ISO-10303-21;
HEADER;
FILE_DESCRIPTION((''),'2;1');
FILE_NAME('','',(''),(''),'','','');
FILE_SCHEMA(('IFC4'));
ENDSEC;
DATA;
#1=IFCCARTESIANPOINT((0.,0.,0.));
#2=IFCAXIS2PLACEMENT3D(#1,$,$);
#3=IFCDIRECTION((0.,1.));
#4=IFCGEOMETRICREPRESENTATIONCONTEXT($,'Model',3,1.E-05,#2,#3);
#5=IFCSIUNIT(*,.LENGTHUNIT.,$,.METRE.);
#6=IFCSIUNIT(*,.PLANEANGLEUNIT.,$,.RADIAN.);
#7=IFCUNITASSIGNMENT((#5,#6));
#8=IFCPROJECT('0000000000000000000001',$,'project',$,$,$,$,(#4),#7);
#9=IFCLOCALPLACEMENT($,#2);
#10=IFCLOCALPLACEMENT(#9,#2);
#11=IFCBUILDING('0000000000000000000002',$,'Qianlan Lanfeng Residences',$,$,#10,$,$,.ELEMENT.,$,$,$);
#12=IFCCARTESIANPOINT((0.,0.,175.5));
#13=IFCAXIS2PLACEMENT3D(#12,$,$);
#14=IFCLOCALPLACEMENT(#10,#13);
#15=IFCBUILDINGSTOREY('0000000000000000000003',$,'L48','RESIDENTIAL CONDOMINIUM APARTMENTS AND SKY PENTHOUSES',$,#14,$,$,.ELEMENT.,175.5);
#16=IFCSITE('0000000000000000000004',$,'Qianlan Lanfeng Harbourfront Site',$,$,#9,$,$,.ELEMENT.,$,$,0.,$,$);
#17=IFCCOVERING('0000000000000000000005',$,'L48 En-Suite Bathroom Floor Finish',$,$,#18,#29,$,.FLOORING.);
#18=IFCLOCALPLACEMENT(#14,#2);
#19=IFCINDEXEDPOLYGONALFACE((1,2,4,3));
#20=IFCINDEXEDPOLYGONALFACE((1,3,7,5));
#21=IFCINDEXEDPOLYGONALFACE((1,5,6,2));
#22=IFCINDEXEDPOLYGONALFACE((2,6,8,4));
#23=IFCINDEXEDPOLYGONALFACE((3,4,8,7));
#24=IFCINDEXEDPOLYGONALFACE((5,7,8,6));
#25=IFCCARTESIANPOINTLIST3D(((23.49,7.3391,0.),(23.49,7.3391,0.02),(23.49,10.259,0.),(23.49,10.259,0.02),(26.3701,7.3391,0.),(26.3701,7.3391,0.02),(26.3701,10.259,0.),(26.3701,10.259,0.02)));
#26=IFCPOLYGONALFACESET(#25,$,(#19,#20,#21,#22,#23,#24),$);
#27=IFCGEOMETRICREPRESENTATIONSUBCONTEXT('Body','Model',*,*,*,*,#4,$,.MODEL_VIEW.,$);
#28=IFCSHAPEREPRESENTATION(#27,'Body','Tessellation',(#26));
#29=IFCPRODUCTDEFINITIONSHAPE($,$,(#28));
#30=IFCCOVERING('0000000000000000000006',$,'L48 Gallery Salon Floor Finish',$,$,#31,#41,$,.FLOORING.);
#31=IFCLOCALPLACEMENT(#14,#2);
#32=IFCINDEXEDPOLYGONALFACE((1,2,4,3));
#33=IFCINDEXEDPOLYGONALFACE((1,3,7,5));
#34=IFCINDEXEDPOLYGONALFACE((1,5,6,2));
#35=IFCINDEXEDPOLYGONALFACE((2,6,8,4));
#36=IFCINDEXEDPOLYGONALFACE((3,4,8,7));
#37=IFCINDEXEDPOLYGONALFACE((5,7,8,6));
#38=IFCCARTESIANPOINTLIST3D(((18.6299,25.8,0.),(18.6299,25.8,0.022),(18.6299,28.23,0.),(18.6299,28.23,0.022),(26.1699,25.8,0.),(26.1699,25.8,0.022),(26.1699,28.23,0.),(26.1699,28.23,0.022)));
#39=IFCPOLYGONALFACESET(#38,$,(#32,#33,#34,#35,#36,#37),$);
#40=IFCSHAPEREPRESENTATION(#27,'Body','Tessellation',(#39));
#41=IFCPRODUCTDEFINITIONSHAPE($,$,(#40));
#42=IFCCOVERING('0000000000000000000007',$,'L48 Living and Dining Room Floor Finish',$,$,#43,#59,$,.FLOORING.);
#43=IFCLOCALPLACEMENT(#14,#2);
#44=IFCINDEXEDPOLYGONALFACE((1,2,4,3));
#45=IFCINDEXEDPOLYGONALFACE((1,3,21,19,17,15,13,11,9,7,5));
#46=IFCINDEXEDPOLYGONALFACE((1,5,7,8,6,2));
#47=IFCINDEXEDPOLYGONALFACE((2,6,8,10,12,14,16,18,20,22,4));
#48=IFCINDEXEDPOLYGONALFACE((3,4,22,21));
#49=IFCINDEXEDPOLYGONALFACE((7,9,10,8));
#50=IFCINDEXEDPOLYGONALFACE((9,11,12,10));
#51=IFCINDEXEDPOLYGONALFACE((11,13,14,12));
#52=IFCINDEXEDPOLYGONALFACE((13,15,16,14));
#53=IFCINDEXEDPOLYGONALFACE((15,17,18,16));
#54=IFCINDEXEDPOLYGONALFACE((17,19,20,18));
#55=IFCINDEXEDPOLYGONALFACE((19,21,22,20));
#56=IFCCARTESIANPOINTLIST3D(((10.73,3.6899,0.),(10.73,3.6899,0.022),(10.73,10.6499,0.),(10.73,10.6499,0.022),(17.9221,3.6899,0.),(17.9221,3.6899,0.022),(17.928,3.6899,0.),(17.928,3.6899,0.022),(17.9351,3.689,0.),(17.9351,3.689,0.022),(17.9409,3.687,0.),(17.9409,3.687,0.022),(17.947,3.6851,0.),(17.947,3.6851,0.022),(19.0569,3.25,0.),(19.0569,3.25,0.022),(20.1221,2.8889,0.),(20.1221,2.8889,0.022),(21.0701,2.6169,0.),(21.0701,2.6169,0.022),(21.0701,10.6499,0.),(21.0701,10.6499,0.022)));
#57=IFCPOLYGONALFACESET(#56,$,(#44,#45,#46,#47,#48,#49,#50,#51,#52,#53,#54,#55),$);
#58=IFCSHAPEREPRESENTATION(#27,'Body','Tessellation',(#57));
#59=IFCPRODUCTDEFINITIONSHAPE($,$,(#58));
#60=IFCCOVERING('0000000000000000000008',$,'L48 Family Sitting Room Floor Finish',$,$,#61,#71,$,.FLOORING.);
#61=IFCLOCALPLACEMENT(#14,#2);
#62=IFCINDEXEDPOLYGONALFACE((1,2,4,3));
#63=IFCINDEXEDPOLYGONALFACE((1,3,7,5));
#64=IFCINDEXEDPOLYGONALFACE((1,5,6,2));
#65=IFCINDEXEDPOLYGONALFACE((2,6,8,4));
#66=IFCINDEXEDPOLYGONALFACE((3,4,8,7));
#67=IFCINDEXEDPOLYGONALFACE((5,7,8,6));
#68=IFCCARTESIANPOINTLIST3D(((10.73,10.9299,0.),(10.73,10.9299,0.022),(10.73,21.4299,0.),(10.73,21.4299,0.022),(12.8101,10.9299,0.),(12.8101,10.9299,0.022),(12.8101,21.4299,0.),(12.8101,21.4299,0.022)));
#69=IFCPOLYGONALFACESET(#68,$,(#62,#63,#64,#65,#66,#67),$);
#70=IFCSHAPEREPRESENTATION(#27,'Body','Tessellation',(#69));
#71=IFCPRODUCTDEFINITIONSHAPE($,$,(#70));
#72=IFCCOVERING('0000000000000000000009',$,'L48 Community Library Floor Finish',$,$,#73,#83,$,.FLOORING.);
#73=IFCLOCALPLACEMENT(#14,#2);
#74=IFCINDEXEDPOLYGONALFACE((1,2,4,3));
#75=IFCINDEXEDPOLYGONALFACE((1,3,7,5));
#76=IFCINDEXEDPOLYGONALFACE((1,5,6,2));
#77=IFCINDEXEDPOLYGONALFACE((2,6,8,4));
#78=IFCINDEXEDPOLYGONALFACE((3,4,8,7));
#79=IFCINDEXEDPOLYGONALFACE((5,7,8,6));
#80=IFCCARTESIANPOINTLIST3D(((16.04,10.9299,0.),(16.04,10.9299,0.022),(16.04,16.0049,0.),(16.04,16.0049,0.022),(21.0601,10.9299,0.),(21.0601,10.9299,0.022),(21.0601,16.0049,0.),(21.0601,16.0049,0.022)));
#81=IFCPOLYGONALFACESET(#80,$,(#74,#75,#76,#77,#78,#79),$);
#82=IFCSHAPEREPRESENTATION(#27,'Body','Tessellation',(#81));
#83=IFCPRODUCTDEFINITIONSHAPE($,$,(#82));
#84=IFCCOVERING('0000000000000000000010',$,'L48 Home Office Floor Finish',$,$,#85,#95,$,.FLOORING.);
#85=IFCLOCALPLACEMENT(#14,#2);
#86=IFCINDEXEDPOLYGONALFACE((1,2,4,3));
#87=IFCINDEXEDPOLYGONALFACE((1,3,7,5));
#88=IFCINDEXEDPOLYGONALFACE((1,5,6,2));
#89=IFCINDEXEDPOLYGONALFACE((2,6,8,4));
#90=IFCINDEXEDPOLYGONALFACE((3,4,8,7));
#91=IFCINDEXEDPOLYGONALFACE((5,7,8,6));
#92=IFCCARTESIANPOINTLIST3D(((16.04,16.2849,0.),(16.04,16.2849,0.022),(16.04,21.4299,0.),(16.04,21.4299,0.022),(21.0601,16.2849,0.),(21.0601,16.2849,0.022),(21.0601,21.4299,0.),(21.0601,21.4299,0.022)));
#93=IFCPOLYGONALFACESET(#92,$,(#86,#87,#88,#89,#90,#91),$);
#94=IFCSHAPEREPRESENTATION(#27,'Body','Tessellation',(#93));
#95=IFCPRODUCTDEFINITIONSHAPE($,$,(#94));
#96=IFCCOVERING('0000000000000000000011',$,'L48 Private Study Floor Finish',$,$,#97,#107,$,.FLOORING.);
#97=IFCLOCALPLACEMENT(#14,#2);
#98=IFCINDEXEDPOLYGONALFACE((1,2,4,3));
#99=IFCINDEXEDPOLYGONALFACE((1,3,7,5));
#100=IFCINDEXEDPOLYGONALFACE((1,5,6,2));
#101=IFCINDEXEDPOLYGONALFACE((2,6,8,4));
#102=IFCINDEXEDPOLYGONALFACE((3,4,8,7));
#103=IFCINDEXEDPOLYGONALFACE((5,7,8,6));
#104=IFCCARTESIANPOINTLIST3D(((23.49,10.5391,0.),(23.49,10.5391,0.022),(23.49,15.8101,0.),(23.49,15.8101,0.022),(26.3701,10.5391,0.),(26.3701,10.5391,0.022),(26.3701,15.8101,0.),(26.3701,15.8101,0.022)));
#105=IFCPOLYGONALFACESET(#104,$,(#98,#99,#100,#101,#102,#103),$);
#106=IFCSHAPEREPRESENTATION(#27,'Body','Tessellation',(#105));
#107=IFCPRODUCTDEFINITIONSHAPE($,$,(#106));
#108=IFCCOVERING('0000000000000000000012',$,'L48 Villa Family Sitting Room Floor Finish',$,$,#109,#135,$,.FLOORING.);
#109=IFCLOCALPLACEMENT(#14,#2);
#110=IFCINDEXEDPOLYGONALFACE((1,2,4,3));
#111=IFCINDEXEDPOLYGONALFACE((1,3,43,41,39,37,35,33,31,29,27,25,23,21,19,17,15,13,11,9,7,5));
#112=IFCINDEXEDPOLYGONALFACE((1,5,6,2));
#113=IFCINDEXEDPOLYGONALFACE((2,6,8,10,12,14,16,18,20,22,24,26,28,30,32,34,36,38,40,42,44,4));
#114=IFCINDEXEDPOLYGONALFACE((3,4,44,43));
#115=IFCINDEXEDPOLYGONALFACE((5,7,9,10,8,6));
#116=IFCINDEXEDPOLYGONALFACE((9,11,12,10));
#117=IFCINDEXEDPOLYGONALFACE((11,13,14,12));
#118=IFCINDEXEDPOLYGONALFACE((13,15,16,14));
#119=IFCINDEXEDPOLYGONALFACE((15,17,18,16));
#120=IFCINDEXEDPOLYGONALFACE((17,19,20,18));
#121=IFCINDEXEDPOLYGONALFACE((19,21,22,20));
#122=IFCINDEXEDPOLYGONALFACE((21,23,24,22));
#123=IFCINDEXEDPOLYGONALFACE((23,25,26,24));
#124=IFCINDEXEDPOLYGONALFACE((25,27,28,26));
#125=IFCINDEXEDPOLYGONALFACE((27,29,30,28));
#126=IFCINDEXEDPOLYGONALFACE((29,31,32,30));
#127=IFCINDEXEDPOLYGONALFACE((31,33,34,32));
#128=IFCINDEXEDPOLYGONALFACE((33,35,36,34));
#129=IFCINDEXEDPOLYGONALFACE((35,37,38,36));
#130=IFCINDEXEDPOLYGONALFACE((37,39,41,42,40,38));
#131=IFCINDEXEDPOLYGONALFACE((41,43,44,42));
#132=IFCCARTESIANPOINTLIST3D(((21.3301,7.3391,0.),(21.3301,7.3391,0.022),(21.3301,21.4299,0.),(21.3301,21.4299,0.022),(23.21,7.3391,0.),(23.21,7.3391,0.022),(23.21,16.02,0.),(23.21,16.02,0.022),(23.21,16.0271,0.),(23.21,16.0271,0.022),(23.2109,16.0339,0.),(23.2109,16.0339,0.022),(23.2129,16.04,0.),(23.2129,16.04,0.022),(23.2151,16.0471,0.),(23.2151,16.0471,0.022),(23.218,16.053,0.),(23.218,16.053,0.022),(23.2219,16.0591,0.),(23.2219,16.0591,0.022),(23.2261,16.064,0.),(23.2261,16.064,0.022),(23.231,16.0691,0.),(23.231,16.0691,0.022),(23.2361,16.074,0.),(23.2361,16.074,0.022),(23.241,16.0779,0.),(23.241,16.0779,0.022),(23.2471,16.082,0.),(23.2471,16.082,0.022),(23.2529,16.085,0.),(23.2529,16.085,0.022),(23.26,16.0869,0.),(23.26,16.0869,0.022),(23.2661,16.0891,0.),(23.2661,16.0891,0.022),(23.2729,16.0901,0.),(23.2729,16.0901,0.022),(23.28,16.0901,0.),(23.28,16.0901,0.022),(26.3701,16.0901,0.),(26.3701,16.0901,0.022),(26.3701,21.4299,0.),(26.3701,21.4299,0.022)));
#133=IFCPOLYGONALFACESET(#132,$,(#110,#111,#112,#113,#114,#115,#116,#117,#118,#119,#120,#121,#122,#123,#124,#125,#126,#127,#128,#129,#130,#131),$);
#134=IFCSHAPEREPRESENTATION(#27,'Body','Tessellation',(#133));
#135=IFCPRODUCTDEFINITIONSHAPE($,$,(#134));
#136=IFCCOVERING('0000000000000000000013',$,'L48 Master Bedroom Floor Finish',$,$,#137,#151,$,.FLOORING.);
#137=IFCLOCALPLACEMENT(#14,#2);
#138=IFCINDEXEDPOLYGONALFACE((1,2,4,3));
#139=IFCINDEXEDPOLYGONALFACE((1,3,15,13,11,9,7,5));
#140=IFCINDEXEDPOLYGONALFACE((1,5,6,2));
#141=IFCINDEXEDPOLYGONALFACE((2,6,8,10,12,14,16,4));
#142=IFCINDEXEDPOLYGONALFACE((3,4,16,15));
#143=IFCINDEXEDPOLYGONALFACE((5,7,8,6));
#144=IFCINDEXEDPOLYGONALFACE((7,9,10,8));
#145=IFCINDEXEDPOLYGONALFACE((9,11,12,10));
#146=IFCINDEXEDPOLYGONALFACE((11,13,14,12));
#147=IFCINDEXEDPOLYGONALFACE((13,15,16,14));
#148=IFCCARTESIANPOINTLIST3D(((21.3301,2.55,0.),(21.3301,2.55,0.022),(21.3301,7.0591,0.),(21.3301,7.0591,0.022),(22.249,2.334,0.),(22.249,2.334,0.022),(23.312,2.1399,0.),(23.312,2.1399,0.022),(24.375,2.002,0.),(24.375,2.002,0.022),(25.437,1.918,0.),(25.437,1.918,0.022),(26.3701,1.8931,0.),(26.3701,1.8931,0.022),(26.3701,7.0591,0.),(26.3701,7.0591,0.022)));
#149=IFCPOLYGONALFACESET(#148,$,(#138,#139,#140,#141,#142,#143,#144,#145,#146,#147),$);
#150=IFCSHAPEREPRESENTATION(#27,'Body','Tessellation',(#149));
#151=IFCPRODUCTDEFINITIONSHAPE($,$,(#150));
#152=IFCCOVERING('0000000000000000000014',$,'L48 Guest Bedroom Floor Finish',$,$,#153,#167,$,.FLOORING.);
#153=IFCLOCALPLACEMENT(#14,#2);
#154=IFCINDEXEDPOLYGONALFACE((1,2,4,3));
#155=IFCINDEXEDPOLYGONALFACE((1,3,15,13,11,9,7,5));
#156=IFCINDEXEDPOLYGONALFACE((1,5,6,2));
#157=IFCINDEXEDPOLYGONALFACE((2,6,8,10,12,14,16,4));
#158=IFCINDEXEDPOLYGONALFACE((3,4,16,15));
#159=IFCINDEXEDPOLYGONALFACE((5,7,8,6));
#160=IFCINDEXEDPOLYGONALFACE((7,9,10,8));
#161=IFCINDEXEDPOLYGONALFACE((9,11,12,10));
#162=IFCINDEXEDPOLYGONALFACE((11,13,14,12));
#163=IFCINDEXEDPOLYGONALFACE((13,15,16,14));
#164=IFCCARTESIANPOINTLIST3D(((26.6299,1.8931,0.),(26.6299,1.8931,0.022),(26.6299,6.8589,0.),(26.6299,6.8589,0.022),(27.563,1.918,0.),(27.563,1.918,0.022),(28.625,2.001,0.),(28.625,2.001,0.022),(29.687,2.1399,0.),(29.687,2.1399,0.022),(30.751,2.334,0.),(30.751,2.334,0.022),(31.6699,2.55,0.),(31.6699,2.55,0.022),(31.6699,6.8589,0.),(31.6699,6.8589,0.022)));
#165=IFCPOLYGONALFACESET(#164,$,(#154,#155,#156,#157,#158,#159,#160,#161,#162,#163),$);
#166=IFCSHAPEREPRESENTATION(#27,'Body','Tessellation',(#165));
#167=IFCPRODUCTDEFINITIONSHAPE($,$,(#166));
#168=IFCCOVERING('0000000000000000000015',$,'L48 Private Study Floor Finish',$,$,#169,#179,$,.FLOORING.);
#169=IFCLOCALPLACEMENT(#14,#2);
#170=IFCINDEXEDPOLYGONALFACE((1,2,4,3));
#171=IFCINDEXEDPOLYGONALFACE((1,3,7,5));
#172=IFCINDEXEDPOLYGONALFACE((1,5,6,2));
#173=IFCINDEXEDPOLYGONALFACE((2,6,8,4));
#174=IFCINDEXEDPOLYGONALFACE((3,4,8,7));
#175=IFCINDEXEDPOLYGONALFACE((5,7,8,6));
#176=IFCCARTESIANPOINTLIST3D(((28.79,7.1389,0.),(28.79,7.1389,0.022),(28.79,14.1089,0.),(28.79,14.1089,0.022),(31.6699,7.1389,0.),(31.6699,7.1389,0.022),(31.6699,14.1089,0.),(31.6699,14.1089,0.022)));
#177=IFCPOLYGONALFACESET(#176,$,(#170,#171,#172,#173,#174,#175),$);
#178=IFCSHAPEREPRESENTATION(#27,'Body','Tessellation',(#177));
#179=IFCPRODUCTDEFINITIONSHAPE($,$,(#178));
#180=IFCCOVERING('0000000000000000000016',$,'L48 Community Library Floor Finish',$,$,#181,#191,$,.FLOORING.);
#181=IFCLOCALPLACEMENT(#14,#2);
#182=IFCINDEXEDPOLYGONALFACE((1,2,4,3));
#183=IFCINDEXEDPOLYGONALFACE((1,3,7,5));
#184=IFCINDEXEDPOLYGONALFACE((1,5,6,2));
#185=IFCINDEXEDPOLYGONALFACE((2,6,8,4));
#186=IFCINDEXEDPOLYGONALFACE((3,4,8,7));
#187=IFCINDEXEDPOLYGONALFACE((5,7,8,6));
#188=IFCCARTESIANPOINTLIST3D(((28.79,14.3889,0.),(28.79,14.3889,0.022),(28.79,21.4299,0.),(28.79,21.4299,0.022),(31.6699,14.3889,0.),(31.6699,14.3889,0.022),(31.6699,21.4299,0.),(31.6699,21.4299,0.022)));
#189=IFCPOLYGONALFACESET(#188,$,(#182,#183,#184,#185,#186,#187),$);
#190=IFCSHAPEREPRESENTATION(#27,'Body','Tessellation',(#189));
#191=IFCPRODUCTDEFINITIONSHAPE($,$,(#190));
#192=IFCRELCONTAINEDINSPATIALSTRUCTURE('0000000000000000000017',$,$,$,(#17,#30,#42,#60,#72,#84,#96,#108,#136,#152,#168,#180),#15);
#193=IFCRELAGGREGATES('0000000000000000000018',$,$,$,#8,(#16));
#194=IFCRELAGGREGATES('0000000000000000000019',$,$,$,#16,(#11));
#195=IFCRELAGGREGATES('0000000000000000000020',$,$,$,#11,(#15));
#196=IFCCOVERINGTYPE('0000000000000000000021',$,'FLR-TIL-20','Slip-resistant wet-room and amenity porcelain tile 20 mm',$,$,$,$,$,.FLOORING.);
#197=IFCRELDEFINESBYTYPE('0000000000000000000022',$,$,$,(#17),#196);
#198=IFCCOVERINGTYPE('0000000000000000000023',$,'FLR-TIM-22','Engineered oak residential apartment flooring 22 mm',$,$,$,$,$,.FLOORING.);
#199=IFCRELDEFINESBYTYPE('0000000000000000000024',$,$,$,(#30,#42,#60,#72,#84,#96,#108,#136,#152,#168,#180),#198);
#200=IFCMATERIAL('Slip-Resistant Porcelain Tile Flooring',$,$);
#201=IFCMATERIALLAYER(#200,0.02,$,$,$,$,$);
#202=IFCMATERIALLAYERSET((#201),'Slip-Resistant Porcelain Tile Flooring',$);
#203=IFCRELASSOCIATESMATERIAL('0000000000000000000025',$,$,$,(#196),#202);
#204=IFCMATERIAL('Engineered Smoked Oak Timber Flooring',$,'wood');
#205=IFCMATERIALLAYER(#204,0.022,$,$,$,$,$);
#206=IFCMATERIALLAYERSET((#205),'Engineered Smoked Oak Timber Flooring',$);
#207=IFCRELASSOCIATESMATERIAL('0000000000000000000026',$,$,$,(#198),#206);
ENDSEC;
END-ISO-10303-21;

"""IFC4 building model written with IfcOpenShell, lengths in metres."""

from ifc_helpers import new_model, si_unit, direction, frame, origin, place, context, subcontext, project, spatial, polyline, outline, extrude, material, layer, layer_set, type_object, element, save


model = new_model("IFC4")

# Units and contexts
model_context = context("Model", 3, precision=1e-05, world=origin(), true_north=direction((0.0, 1.0)))
body_context = subcontext(model_context, "Body", "Model", "MODEL_VIEW")
ifc_project = project(units=[si_unit("LENGTHUNIT", "METRE"), si_unit("PLANEANGLEUNIT", "RADIAN")], contexts=[model_context])

# Site, building, storey
site_placement = place(None, origin())
site = spatial("IfcSite", under=ifc_project, at=site_placement, Name="Qianlan Lanfeng Harbourfront Site", CompositionType="ELEMENT", RefElevation=0.0)
building_placement = place(site_placement, origin())
building = spatial("IfcBuilding", under=site, at=building_placement, Name="Qianlan Lanfeng Residences", CompositionType="ELEMENT")
storey_placement = place(building_placement, frame((0.0, 0.0, 175.5)))
storey = spatial("IfcBuildingStorey", under=building, at=storey_placement, Name="L48", Description="RESIDENTIAL CONDOMINIUM APARTMENTS AND SKY PENTHOUSES", CompositionType="ELEMENT", Elevation=175.5)

# Coverings
ifc_material_1 = material(Name="Slip-Resistant Porcelain Tile Flooring")
ifc_layer_1 = layer(ifc_material_1, 0.02)
ifc_layer_set_1 = layer_set([ifc_layer_1], Name="Slip-Resistant Porcelain Tile Flooring")
covering_type_1 = type_object("IfcCoveringType", Name="FLR-TIL-20", Description="Slip-resistant wet-room and amenity porcelain tile 20 mm", PredefinedType="FLOORING", material=ifc_layer_set_1)
covering_1_placement = place(storey_placement, origin())
element("IfcCovering", 1, at=covering_1_placement, inside=storey, type_object=covering_type_1, Name="L48 En-Suite Bathroom Floor Finish", PredefinedType="FLOORING", context=body_context, shape_type="SweptSolid", body=[
    extrude(outline(polyline([(23.49, 7.3391), (26.3701, 7.3391), (26.3701, 10.259), (23.49, 10.259), (23.49, 7.3391)])), origin(), (0.0, 0.0, 1.0), 0.02),
])
ifc_material_2 = material(Name="Engineered Smoked Oak Timber Flooring", Category="wood")
ifc_layer_2 = layer(ifc_material_2, 0.022)
ifc_layer_set_2 = layer_set([ifc_layer_2], Name="Engineered Smoked Oak Timber Flooring")
covering_type_2 = type_object("IfcCoveringType", Name="FLR-TIM-22", Description="Engineered oak residential apartment flooring 22 mm", PredefinedType="FLOORING", material=ifc_layer_set_2)
covering_2_placement = place(storey_placement, origin())
element("IfcCovering", 2, at=covering_2_placement, inside=storey, type_object=covering_type_2, Name="L48 Gallery Salon Floor Finish", PredefinedType="FLOORING", context=body_context, shape_type="SweptSolid", body=[
    extrude(outline(polyline([(18.6299, 25.8), (26.1699, 25.8), (26.1699, 28.23), (18.6299, 28.23), (18.6299, 25.8)])), origin(), (0.0, 0.0, 1.0), 0.022),
])
covering_3_placement = place(storey_placement, origin())
element("IfcCovering", 3, at=covering_3_placement, inside=storey, type_object=covering_type_2, Name="L48 Living and Dining Room Floor Finish", PredefinedType="FLOORING", context=body_context, shape_type="SweptSolid", body=[
    extrude(outline(polyline([(10.73, 10.6499), (10.73, 3.6899), (17.9221, 3.6899), (17.928, 3.6899), (17.9351, 3.689), (17.9409, 3.687), (17.947, 3.6851), (19.0569, 3.25), (20.1221, 2.8889), (21.0701, 2.6169), (21.0701, 10.6499), (10.73, 10.6499)])), origin(), (0.0, 0.0, 1.0), 0.022),
])
covering_4_placement = place(storey_placement, origin())
element("IfcCovering", 4, at=covering_4_placement, inside=storey, type_object=covering_type_2, Name="L48 Family Sitting Room Floor Finish", PredefinedType="FLOORING", context=body_context, shape_type="SweptSolid", body=[
    extrude(outline(polyline([(10.73, 10.9299), (12.8101, 10.9299), (12.8101, 21.4299), (10.73, 21.4299), (10.73, 10.9299)])), origin(), (0.0, 0.0, 1.0), 0.022),
])
covering_5_placement = place(storey_placement, origin())
element("IfcCovering", 5, at=covering_5_placement, inside=storey, type_object=covering_type_2, Name="L48 Community Library Floor Finish", PredefinedType="FLOORING", context=body_context, shape_type="SweptSolid", body=[
    extrude(outline(polyline([(16.04, 10.9299), (21.0601, 10.9299), (21.0601, 16.0049), (16.04, 16.0049), (16.04, 10.9299)])), origin(), (0.0, 0.0, 1.0), 0.022),
])
covering_6_placement = place(storey_placement, origin())
element("IfcCovering", 6, at=covering_6_placement, inside=storey, type_object=covering_type_2, Name="L48 Home Office Floor Finish", PredefinedType="FLOORING", context=body_context, shape_type="SweptSolid", body=[
    extrude(outline(polyline([(16.04, 16.2849), (21.0601, 16.2849), (21.0601, 21.4299), (16.04, 21.4299), (16.04, 16.2849)])), origin(), (0.0, 0.0, 1.0), 0.022),
])
covering_7_placement = place(storey_placement, origin())
element("IfcCovering", 7, at=covering_7_placement, inside=storey, type_object=covering_type_2, Name="L48 Private Study Floor Finish", PredefinedType="FLOORING", context=body_context, shape_type="SweptSolid", body=[
    extrude(outline(polyline([(23.49, 10.5391), (26.3701, 10.5391), (26.3701, 15.8101), (23.49, 15.8101), (23.49, 10.5391)])), origin(), (0.0, 0.0, 1.0), 0.022),
])
covering_8_placement = place(storey_placement, origin())
element("IfcCovering", 8, at=covering_8_placement, inside=storey, type_object=covering_type_2, Name="L48 Villa Family Sitting Room Floor Finish", PredefinedType="FLOORING", context=body_context, shape_type="SweptSolid", body=[
    extrude(outline(polyline([(21.3301, 7.3391), (23.21, 7.3391), (23.21, 16.02), (23.21, 16.0271), (23.2109, 16.0339), (23.2129, 16.04), (23.2151, 16.0471), (23.218, 16.053), (23.2219, 16.0591), (23.2261, 16.064), (23.231, 16.0691), (23.2361, 16.074), (23.241, 16.0779), (23.2471, 16.082), (23.2529, 16.085), (23.26, 16.0869), (23.2661, 16.0891), (23.2729, 16.0901), (23.28, 16.0901), (26.3701, 16.0901), (26.3701, 21.4299), (21.3301, 21.4299), (21.3301, 7.3391)])), origin(), (0.0, 0.0, 1.0), 0.022),
])
covering_9_placement = place(storey_placement, origin())
element("IfcCovering", 9, at=covering_9_placement, inside=storey, type_object=covering_type_2, Name="L48 Master Bedroom Floor Finish", PredefinedType="FLOORING", context=body_context, shape_type="SweptSolid", body=[
    extrude(outline(polyline([(21.3301, 7.0591), (21.3301, 2.55), (22.249, 2.334), (23.312, 2.1399), (24.375, 2.002), (25.437, 1.918), (26.3701, 1.8931), (26.3701, 7.0591), (21.3301, 7.0591)])), origin(), (0.0, 0.0, 1.0), 0.022),
])
covering_10_placement = place(storey_placement, origin())
element("IfcCovering", 10, at=covering_10_placement, inside=storey, type_object=covering_type_2, Name="L48 Guest Bedroom Floor Finish", PredefinedType="FLOORING", context=body_context, shape_type="SweptSolid", body=[
    extrude(outline(polyline([(26.6299, 6.8589), (26.6299, 1.8931), (27.563, 1.918), (28.625, 2.001), (29.687, 2.1399), (30.751, 2.334), (31.6699, 2.55), (31.6699, 6.8589), (26.6299, 6.8589)])), origin(), (0.0, 0.0, 1.0), 0.022),
])
covering_11_placement = place(storey_placement, origin())
element("IfcCovering", 11, at=covering_11_placement, inside=storey, type_object=covering_type_2, Name="L48 Private Study Floor Finish", PredefinedType="FLOORING", context=body_context, shape_type="SweptSolid", body=[
    extrude(outline(polyline([(28.79, 7.1389), (31.6699, 7.1389), (31.6699, 14.1089), (28.79, 14.1089), (28.79, 7.1389)])), origin(), (0.0, 0.0, 1.0), 0.022),
])
covering_12_placement = place(storey_placement, origin())
element("IfcCovering", 12, at=covering_12_placement, inside=storey, type_object=covering_type_2, Name="L48 Community Library Floor Finish", PredefinedType="FLOORING", context=body_context, shape_type="SweptSolid", body=[
    extrude(outline(polyline([(28.79, 14.3889), (31.6699, 14.3889), (31.6699, 21.4299), (28.79, 21.4299), (28.79, 14.3889)])), origin(), (0.0, 0.0, 1.0), 0.022),
])

save(model, "model.ifc")
